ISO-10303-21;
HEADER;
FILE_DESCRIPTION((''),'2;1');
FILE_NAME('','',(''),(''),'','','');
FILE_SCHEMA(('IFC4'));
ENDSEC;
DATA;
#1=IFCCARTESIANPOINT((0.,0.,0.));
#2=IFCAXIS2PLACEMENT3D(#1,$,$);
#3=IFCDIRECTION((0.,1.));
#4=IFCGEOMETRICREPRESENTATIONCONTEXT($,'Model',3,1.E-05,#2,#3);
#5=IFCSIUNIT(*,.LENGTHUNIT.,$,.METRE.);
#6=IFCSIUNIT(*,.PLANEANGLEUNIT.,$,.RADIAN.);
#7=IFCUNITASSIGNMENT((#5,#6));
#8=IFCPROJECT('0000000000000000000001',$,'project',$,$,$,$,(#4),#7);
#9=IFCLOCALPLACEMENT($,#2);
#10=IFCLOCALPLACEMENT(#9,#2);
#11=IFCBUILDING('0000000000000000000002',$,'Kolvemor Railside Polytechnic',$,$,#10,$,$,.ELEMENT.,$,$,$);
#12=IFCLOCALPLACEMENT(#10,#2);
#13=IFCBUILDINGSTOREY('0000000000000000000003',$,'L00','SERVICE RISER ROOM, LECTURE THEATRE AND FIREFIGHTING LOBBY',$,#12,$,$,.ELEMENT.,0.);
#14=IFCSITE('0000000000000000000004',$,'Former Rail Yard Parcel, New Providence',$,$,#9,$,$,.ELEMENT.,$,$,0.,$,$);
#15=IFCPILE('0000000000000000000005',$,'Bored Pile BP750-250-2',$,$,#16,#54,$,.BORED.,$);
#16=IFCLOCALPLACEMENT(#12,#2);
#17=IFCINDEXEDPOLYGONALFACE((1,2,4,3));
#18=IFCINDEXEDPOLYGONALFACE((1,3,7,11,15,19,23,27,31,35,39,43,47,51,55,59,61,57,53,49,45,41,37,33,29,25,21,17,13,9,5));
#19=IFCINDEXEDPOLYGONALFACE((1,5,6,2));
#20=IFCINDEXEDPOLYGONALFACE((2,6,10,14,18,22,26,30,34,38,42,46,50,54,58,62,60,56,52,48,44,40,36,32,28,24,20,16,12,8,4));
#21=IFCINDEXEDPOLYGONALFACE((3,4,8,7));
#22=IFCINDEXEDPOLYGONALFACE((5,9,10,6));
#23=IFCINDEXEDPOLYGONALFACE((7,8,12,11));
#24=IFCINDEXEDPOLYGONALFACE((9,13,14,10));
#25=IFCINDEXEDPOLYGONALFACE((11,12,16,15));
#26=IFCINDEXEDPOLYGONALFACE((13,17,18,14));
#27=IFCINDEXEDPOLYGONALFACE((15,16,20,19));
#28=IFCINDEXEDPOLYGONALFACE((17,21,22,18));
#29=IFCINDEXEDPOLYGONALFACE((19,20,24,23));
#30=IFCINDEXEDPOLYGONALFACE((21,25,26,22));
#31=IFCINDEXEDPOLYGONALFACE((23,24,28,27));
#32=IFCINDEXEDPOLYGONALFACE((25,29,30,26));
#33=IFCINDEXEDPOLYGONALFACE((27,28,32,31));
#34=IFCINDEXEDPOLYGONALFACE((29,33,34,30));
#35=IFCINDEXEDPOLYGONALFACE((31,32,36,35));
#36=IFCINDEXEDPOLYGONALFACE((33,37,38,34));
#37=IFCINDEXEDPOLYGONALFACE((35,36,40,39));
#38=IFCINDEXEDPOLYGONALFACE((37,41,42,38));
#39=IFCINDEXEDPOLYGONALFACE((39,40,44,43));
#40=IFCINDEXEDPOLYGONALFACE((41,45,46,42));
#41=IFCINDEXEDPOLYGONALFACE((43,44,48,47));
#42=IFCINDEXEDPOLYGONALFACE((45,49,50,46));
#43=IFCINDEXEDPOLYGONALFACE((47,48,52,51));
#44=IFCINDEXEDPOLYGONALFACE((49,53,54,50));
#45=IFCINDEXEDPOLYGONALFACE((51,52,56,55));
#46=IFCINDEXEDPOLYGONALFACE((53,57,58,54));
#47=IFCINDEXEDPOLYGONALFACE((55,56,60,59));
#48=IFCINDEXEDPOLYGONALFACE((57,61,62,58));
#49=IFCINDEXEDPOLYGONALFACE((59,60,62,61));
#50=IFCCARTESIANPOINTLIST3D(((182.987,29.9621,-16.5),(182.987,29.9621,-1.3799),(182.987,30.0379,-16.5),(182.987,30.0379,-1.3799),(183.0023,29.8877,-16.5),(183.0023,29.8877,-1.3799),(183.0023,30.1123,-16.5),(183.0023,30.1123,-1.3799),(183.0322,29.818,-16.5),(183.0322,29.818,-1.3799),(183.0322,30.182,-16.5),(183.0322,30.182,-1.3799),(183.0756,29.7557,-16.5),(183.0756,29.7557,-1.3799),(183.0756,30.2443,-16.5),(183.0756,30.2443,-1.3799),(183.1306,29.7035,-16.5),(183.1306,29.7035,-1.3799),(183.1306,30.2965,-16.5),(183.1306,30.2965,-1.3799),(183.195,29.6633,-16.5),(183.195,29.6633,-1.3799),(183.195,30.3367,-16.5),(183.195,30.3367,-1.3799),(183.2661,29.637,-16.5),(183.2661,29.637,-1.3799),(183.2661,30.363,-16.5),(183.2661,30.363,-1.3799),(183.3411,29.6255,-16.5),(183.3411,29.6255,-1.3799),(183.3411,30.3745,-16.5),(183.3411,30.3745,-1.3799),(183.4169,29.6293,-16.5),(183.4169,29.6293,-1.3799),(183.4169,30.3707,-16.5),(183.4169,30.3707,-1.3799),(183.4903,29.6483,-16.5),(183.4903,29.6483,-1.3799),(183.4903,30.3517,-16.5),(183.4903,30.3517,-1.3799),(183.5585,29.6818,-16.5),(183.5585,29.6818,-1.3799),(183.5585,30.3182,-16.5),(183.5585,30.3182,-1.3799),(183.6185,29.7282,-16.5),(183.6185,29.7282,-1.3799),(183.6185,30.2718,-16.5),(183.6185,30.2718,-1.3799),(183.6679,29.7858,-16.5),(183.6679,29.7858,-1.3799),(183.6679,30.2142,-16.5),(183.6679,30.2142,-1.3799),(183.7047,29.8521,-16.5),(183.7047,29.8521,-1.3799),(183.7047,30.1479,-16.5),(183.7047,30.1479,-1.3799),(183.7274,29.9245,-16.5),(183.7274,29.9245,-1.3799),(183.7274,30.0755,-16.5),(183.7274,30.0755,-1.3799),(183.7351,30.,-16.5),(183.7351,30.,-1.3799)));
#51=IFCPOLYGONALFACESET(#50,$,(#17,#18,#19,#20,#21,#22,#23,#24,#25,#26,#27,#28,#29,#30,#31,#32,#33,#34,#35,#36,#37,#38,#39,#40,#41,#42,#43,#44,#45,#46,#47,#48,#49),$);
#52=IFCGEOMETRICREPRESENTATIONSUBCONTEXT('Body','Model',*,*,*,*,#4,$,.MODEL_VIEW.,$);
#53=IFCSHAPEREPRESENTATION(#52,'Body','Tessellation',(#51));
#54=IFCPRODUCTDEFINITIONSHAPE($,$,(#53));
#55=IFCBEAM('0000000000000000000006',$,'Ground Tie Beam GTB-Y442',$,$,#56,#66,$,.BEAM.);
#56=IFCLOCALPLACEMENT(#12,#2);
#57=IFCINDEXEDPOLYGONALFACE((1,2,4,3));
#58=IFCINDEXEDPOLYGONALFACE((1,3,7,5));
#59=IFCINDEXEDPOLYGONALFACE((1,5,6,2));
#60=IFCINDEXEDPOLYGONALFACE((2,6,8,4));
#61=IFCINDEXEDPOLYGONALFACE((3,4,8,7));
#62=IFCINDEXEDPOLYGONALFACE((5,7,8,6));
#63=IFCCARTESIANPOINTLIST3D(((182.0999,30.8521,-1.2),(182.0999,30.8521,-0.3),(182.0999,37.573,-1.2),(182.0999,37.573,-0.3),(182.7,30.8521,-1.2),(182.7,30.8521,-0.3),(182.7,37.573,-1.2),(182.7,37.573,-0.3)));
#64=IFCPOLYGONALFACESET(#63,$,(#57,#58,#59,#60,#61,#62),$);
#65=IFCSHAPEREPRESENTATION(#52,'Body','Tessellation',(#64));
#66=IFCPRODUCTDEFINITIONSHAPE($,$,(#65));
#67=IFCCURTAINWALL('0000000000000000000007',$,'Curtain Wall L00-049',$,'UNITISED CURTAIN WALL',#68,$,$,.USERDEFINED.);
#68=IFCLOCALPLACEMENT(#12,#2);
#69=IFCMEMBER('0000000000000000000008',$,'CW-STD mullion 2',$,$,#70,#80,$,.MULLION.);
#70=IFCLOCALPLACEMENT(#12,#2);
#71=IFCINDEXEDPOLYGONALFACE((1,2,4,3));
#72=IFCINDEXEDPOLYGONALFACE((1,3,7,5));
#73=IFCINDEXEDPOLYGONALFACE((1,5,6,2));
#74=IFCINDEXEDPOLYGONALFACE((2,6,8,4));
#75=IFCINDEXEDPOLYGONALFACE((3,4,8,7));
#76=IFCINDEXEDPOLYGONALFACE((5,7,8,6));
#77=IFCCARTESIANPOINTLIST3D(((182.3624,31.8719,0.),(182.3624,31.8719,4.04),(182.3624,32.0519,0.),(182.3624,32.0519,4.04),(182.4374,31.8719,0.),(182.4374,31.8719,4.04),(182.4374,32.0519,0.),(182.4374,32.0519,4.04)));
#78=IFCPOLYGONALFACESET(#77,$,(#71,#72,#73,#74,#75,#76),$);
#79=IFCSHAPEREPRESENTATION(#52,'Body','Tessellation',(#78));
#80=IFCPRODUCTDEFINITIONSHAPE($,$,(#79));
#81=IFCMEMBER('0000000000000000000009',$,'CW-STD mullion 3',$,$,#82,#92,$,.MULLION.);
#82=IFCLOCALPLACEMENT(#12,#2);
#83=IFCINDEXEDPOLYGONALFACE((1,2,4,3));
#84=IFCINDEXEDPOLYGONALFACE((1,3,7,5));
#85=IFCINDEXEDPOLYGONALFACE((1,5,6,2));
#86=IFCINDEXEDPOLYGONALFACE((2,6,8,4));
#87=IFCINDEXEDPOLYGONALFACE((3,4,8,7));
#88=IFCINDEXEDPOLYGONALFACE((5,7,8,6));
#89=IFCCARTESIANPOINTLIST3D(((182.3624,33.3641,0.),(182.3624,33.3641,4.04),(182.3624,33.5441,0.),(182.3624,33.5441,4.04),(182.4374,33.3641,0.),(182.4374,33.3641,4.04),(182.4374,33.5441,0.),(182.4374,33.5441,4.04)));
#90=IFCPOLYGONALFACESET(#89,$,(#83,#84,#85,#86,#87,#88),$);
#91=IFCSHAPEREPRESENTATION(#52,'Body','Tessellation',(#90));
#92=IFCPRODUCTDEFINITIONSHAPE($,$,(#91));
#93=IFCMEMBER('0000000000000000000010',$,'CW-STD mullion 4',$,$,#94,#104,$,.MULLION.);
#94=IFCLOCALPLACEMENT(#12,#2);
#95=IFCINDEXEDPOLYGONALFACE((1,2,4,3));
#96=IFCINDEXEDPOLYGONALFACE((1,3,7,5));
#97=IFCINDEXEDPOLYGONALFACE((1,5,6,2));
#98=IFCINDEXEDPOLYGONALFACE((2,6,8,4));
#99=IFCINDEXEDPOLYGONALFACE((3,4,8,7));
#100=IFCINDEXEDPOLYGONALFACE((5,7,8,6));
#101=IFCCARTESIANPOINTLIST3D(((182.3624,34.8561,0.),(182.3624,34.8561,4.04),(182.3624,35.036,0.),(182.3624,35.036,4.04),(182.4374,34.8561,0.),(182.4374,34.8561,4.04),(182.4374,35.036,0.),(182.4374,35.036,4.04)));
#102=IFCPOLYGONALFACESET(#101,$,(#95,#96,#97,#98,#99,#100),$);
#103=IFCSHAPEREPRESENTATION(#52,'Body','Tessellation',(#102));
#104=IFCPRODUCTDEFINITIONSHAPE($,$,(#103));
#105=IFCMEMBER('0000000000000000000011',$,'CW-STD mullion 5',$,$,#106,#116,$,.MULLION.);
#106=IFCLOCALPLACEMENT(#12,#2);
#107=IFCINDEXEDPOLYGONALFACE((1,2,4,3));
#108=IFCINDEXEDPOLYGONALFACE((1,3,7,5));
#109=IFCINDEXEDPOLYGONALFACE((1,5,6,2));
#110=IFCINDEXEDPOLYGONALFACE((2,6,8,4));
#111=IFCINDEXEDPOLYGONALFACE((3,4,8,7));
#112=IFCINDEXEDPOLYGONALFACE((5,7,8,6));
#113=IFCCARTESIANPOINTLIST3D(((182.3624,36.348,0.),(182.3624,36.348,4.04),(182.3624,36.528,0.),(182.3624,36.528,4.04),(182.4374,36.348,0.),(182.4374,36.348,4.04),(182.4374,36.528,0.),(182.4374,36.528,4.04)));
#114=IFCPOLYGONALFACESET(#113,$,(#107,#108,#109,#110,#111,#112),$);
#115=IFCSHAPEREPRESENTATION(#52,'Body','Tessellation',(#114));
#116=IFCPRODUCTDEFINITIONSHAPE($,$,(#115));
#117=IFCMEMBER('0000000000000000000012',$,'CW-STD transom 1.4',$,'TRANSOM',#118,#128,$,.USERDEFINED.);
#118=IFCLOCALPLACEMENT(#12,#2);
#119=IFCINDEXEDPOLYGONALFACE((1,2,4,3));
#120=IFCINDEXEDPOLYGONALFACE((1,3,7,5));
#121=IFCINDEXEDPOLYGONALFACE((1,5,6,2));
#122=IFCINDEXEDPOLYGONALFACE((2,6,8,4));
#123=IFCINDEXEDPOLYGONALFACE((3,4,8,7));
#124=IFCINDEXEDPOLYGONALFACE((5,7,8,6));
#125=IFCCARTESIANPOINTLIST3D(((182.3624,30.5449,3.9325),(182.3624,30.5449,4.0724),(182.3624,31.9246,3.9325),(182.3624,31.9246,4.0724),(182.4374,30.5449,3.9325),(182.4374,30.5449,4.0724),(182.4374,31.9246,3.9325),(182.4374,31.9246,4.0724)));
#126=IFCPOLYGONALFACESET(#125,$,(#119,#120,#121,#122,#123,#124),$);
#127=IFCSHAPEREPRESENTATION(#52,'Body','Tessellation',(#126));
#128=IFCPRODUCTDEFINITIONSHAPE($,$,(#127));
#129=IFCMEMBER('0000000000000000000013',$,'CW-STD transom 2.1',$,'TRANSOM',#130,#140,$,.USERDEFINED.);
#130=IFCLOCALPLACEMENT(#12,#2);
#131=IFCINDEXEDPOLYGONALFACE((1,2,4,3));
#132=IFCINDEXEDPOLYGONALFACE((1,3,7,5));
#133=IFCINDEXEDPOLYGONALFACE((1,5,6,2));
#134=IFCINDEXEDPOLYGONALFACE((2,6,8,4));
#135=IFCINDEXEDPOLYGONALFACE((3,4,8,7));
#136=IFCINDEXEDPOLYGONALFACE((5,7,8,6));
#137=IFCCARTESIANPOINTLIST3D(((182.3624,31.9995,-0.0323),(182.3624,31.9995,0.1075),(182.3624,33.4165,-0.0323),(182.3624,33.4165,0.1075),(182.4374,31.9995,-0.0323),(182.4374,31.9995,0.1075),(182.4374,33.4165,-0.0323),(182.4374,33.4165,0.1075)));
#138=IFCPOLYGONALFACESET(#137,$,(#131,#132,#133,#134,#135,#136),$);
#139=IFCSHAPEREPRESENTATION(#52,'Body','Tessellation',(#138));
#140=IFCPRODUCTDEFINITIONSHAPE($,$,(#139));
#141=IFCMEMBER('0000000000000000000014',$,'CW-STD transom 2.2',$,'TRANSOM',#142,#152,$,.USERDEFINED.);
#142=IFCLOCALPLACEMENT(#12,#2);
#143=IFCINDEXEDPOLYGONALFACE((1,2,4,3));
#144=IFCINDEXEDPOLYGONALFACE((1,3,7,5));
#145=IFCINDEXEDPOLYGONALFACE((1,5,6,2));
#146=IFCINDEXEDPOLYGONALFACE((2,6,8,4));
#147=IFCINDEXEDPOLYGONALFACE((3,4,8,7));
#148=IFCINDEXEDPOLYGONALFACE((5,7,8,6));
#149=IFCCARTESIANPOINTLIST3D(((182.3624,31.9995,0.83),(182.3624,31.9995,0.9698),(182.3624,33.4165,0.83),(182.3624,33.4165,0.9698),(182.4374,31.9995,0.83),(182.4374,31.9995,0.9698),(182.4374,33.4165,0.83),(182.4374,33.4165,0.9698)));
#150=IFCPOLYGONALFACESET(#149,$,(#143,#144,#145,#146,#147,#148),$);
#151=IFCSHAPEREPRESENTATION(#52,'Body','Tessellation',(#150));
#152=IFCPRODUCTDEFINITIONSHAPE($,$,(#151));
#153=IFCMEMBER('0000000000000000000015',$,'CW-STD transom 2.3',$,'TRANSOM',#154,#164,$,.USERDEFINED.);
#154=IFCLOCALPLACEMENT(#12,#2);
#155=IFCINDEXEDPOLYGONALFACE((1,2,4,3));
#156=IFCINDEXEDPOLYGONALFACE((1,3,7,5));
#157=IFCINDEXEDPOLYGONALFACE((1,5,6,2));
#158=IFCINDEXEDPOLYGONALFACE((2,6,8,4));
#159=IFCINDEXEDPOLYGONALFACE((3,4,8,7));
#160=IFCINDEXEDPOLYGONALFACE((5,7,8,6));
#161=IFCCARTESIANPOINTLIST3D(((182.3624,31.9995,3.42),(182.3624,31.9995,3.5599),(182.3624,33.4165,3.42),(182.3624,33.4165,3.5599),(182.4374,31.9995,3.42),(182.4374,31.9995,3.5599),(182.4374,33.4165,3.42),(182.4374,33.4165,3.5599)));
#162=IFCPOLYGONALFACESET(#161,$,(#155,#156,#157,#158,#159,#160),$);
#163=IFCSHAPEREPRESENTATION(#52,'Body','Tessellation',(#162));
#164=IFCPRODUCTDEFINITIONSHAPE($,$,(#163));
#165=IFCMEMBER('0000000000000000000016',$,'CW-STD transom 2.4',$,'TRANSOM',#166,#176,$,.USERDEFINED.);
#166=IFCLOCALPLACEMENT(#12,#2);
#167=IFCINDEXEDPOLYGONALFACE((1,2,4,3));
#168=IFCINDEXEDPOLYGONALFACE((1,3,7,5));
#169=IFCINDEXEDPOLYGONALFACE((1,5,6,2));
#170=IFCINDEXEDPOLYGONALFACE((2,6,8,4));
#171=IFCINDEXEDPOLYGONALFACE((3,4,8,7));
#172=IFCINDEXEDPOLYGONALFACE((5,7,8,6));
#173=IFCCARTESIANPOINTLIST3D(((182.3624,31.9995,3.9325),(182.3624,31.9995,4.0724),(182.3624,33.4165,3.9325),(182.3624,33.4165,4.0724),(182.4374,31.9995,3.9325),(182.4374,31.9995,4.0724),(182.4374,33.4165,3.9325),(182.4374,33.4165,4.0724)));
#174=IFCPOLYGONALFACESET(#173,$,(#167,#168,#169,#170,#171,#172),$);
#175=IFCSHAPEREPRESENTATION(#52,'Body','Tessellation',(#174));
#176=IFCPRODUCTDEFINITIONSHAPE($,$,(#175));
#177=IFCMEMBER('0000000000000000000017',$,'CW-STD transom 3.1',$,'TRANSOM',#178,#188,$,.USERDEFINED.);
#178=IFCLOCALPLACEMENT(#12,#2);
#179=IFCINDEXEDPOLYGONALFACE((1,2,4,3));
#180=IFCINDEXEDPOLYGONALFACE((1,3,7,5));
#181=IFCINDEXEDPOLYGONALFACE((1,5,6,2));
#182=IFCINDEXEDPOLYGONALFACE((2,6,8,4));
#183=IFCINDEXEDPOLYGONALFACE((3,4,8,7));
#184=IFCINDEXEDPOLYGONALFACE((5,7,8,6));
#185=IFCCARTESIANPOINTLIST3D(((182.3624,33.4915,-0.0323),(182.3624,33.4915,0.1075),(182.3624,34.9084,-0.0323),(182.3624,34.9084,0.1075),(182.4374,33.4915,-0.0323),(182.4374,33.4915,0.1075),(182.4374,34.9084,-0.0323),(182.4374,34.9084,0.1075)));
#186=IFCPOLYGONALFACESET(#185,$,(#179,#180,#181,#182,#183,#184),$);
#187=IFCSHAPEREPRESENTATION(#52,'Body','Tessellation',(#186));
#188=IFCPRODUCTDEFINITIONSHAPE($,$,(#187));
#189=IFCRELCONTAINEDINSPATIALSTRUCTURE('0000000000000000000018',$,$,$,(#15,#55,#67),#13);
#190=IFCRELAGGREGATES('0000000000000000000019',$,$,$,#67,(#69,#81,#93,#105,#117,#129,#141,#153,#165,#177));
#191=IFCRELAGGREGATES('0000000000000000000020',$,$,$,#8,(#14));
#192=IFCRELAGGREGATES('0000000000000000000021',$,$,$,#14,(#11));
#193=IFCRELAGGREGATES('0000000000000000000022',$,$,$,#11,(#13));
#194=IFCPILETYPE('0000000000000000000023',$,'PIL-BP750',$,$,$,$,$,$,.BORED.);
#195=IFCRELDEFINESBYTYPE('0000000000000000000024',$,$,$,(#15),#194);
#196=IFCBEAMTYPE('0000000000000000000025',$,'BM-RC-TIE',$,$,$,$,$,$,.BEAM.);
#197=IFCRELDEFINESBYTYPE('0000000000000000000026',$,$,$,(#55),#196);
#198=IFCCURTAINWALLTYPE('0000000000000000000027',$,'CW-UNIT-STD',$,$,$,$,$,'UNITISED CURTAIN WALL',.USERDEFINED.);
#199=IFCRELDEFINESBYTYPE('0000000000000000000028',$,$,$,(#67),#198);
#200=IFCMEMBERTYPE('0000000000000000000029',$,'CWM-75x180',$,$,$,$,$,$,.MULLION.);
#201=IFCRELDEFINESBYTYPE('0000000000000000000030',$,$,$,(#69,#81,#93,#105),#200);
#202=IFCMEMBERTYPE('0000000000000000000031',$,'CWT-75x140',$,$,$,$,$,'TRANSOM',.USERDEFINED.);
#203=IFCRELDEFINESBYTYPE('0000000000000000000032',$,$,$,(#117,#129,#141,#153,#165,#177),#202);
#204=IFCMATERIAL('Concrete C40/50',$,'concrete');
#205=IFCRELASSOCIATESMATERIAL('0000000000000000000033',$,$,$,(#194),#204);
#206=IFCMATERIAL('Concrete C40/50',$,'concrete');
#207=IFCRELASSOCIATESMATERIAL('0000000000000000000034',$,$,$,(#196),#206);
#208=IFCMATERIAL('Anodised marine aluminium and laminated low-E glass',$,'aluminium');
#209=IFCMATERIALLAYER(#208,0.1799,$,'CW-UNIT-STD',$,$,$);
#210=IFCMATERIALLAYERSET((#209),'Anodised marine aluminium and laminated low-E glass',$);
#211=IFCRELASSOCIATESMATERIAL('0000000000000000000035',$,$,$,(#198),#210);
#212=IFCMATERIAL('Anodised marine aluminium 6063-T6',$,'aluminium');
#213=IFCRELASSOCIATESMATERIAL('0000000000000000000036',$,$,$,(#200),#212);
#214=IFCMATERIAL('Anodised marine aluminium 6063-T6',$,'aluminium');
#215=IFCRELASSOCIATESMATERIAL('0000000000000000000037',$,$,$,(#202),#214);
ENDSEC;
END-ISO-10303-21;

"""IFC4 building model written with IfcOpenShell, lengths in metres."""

from ifc_helpers import new_model, si_unit, direction, frame, origin, origin_2d, place, context, subcontext, project, spatial, rectangle, circle, extrude, material, layer, layer_set, material_profile, profile_set, type_object, element, aggregate, save


model = new_model("IFC4")

# Units and contexts
model_context = context("Model", 3, precision=1e-05, world=origin(), true_north=direction((0.0, 1.0)))
body_context = subcontext(model_context, "Body", "Model", "MODEL_VIEW")
ifc_project = project(units=[si_unit("LENGTHUNIT", "METRE"), si_unit("PLANEANGLEUNIT", "RADIAN")], contexts=[model_context])

# Site, building, storey
site_placement = place(None, origin())
site = spatial("IfcSite", under=ifc_project, at=site_placement, Name="Former Rail Yard Parcel, New Providence", CompositionType="ELEMENT", RefElevation=0.0)
building_placement = place(site_placement, origin())
building = spatial("IfcBuilding", under=site, at=building_placement, Name="Kolvemor Railside Polytechnic", CompositionType="ELEMENT")
storey_placement = place(building_placement, origin())
storey = spatial("IfcBuildingStorey", under=building, at=storey_placement, Name="L00", Description="SERVICE RISER ROOM, LECTURE THEATRE AND FIREFIGHTING LOBBY", CompositionType="ELEMENT", Elevation=0.0)

# Pile
ifc_material_1 = material(Name="Concrete C40/50", Category="concrete")
ifc_material_profile_1 = material_profile(ifc_material_1, circle(Radius=0.375, at=origin_2d()), Name="BP750")
ifc_profile_set_1 = profile_set([ifc_material_profile_1], Name="Concrete C40/50")
pile_type = type_object("IfcPileType", Name="PIL-BP750", PredefinedType="BORED", material=ifc_profile_set_1)
pile_placement = place(storey_placement, frame((183.3601, 30.0, -1.3799), z_axis=(0.0, 0.0, -1.0), x_axis=(1.0, 0.0, 0.0)))
element("IfcPile", 1, at=pile_placement, inside=storey, type_object=pile_type, Name="Bored Pile BP750-250-2", PredefinedType="BORED", context=body_context, shape_type="SweptSolid", body=[
    extrude(circle(Radius=0.375, at=origin_2d()), origin(), (0.0, 0.0, 1.0), 15.1201),
])

# Beam
ifc_material_2 = material(Name="Concrete C40/50", Category="concrete")
ifc_material_profile_2 = material_profile(ifc_material_2, rectangle(XDim=0.6001, YDim=0.8999, at=origin_2d()), Name="RC600x900")
ifc_profile_set_2 = profile_set([ifc_material_profile_2], Name="Concrete C40/50")
beam_type = type_object("IfcBeamType", Name="BM-RC-TIE", PredefinedType="BEAM", material=ifc_profile_set_2)
beam_placement = place(storey_placement, frame((182.3999, 30.8521, -0.75), z_axis=(0.0, 1.0, 0.0), x_axis=(-1.0, 0.0, 0.0)))
element("IfcBeam", 2, at=beam_placement, inside=storey, type_object=beam_type, Name="Ground Tie Beam GTB-Y442", PredefinedType="BEAM", context=body_context, shape_type="SweptSolid", body=[
    extrude(rectangle(XDim=0.6001, YDim=0.8999, at=origin_2d()), origin(), (0.0, 0.0, 1.0), 6.7209),
])

# Curtain wall, members
ifc_material_3 = material(Name="Anodised marine aluminium and laminated low-E glass", Category="aluminium")
ifc_layer_1 = layer(ifc_material_3, 0.1799, Name="CW-UNIT-STD")
ifc_layer_set_1 = layer_set([ifc_layer_1], Name="Anodised marine aluminium and laminated low-E glass")
curtain_wall_type = type_object("IfcCurtainWallType", Name="CW-UNIT-STD", ElementType="UNITISED CURTAIN WALL", PredefinedType="USERDEFINED", material=ifc_layer_set_1)
curtain_wall_placement = place(storey_placement, origin())
curtain_wall = element("IfcCurtainWall", 3, at=curtain_wall_placement, inside=storey, type_object=curtain_wall_type, Name="Curtain Wall L00-049", ObjectType="UNITISED CURTAIN WALL", PredefinedType="USERDEFINED")
ifc_material_4 = material(Name="Anodised marine aluminium 6063-T6", Category="aluminium")
ifc_material_profile_3 = material_profile(ifc_material_4, rectangle(XDim=0.075, YDim=0.1799, at=origin_2d()), Name="CW-MUL-75x180")
ifc_profile_set_3 = profile_set([ifc_material_profile_3], Name="Anodised marine aluminium 6063-T6")
member_type_1 = type_object("IfcMemberType", Name="CWM-75x180", PredefinedType="MULLION", material=ifc_profile_set_3)
member_1_placement = place(storey_placement, frame((182.3999, 31.9619, 0.0), z_axis=(0.0, 0.0, 1.0), x_axis=(-1.0, 0.0, 0.0)))
member_1 = element("IfcMember", 4, at=member_1_placement, type_object=member_type_1, Name="CW-STD mullion 2", PredefinedType="MULLION", context=body_context, shape_type="SweptSolid", body=[
    extrude(rectangle(XDim=0.075, YDim=0.1799, at=origin_2d()), origin(), (0.0, 0.0, 1.0), 4.04),
])
member_2_placement = place(storey_placement, frame((182.3999, 33.4541, 0.0), z_axis=(0.0, 0.0, 1.0), x_axis=(-1.0, 0.0, 0.0)))
member_2 = element("IfcMember", 5, at=member_2_placement, type_object=member_type_1, Name="CW-STD mullion 3", PredefinedType="MULLION", context=body_context, shape_type="SweptSolid", body=[
    extrude(rectangle(XDim=0.075, YDim=0.1799, at=origin_2d()), origin(), (0.0, 0.0, 1.0), 4.04),
])
member_3_placement = place(storey_placement, frame((182.3999, 34.946, 0.0), z_axis=(0.0, 0.0, 1.0), x_axis=(-1.0, 0.0, 0.0)))
member_3 = element("IfcMember", 6, at=member_3_placement, type_object=member_type_1, Name="CW-STD mullion 4", PredefinedType="MULLION", context=body_context, shape_type="SweptSolid", body=[
    extrude(rectangle(XDim=0.075, YDim=0.1799, at=origin_2d()), origin(), (0.0, 0.0, 1.0), 4.04),
])
member_4_placement = place(storey_placement, frame((182.3999, 36.438, 0.0), z_axis=(0.0, 0.0, 1.0), x_axis=(-1.0, 0.0, 0.0)))
member_4 = element("IfcMember", 7, at=member_4_placement, type_object=member_type_1, Name="CW-STD mullion 5", PredefinedType="MULLION", context=body_context, shape_type="SweptSolid", body=[
    extrude(rectangle(XDim=0.075, YDim=0.1799, at=origin_2d()), origin(), (0.0, 0.0, 1.0), 4.04),
])
ifc_material_5 = material(Name="Anodised marine aluminium 6063-T6", Category="aluminium")
ifc_material_profile_4 = material_profile(ifc_material_5, rectangle(XDim=0.075, YDim=0.1399, at=origin_2d()), Name="CW-TRN-75x140")
ifc_profile_set_4 = profile_set([ifc_material_profile_4], Name="Anodised marine aluminium 6063-T6")
member_type_2 = type_object("IfcMemberType", Name="CWT-75x140", ElementType="TRANSOM", PredefinedType="USERDEFINED", material=ifc_profile_set_4)
member_5_placement = place(storey_placement, frame((182.3999, 30.5449, 4.0024), z_axis=(0.0, 1.0, 0.0), x_axis=(-1.0, 0.0, 0.0)))
member_5 = element("IfcMember", 8, at=member_5_placement, type_object=member_type_2, Name="CW-STD transom 1.4", ObjectType="TRANSOM", PredefinedType="USERDEFINED", context=body_context, shape_type="SweptSolid", body=[
    extrude(rectangle(XDim=0.075, YDim=0.1399, at=origin_2d()), origin(), (0.0, 0.0, 1.0), 1.3796),
])
member_6_placement = place(storey_placement, frame((182.3999, 31.9995, 0.0376), z_axis=(0.0, 1.0, 0.0), x_axis=(-1.0, 0.0, 0.0)))
member_6 = element("IfcMember", 9, at=member_6_placement, type_object=member_type_2, Name="CW-STD transom 2.1", ObjectType="TRANSOM", PredefinedType="USERDEFINED", context=body_context, shape_type="SweptSolid", body=[
    extrude(rectangle(XDim=0.075, YDim=0.1399, at=origin_2d()), origin(), (0.0, 0.0, 1.0), 1.417),
])
member_7_placement = place(storey_placement, frame((182.3999, 31.9995, 0.8999), z_axis=(0.0, 1.0, 0.0), x_axis=(-1.0, 0.0, 0.0)))
member_7 = element("IfcMember", 10, at=member_7_placement, type_object=member_type_2, Name="CW-STD transom 2.2", ObjectType="TRANSOM", PredefinedType="USERDEFINED", context=body_context, shape_type="SweptSolid", body=[
    extrude(rectangle(XDim=0.075, YDim=0.1399, at=origin_2d()), origin(), (0.0, 0.0, 1.0), 1.417),
])
member_8_placement = place(storey_placement, frame((182.3999, 31.9995, 3.49), z_axis=(0.0, 1.0, 0.0), x_axis=(-1.0, 0.0, 0.0)))
member_8 = element("IfcMember", 11, at=member_8_placement, type_object=member_type_2, Name="CW-STD transom 2.3", ObjectType="TRANSOM", PredefinedType="USERDEFINED", context=body_context, shape_type="SweptSolid", body=[
    extrude(rectangle(XDim=0.075, YDim=0.1399, at=origin_2d()), origin(), (0.0, 0.0, 1.0), 1.417),
])
member_9_placement = place(storey_placement, frame((182.3999, 31.9995, 4.0024), z_axis=(0.0, 1.0, 0.0), x_axis=(-1.0, 0.0, 0.0)))
member_9 = element("IfcMember", 12, at=member_9_placement, type_object=member_type_2, Name="CW-STD transom 2.4", ObjectType="TRANSOM", PredefinedType="USERDEFINED", context=body_context, shape_type="SweptSolid", body=[
    extrude(rectangle(XDim=0.075, YDim=0.1399, at=origin_2d()), origin(), (0.0, 0.0, 1.0), 1.417),
])
member_10_placement = place(storey_placement, frame((182.3999, 33.4915, 0.0376), z_axis=(0.0, 1.0, 0.0), x_axis=(-1.0, 0.0, 0.0)))
member_10 = element("IfcMember", 13, at=member_10_placement, type_object=member_type_2, Name="CW-STD transom 3.1", ObjectType="TRANSOM", PredefinedType="USERDEFINED", context=body_context, shape_type="SweptSolid", body=[
    extrude(rectangle(XDim=0.075, YDim=0.1399, at=origin_2d()), origin(), (0.0, 0.0, 1.0), 1.417),
])
aggregate(curtain_wall, [member_1, member_2, member_3, member_4, member_5, member_6, member_7, member_8, member_9, member_10])

save(model, "model.ifc")
